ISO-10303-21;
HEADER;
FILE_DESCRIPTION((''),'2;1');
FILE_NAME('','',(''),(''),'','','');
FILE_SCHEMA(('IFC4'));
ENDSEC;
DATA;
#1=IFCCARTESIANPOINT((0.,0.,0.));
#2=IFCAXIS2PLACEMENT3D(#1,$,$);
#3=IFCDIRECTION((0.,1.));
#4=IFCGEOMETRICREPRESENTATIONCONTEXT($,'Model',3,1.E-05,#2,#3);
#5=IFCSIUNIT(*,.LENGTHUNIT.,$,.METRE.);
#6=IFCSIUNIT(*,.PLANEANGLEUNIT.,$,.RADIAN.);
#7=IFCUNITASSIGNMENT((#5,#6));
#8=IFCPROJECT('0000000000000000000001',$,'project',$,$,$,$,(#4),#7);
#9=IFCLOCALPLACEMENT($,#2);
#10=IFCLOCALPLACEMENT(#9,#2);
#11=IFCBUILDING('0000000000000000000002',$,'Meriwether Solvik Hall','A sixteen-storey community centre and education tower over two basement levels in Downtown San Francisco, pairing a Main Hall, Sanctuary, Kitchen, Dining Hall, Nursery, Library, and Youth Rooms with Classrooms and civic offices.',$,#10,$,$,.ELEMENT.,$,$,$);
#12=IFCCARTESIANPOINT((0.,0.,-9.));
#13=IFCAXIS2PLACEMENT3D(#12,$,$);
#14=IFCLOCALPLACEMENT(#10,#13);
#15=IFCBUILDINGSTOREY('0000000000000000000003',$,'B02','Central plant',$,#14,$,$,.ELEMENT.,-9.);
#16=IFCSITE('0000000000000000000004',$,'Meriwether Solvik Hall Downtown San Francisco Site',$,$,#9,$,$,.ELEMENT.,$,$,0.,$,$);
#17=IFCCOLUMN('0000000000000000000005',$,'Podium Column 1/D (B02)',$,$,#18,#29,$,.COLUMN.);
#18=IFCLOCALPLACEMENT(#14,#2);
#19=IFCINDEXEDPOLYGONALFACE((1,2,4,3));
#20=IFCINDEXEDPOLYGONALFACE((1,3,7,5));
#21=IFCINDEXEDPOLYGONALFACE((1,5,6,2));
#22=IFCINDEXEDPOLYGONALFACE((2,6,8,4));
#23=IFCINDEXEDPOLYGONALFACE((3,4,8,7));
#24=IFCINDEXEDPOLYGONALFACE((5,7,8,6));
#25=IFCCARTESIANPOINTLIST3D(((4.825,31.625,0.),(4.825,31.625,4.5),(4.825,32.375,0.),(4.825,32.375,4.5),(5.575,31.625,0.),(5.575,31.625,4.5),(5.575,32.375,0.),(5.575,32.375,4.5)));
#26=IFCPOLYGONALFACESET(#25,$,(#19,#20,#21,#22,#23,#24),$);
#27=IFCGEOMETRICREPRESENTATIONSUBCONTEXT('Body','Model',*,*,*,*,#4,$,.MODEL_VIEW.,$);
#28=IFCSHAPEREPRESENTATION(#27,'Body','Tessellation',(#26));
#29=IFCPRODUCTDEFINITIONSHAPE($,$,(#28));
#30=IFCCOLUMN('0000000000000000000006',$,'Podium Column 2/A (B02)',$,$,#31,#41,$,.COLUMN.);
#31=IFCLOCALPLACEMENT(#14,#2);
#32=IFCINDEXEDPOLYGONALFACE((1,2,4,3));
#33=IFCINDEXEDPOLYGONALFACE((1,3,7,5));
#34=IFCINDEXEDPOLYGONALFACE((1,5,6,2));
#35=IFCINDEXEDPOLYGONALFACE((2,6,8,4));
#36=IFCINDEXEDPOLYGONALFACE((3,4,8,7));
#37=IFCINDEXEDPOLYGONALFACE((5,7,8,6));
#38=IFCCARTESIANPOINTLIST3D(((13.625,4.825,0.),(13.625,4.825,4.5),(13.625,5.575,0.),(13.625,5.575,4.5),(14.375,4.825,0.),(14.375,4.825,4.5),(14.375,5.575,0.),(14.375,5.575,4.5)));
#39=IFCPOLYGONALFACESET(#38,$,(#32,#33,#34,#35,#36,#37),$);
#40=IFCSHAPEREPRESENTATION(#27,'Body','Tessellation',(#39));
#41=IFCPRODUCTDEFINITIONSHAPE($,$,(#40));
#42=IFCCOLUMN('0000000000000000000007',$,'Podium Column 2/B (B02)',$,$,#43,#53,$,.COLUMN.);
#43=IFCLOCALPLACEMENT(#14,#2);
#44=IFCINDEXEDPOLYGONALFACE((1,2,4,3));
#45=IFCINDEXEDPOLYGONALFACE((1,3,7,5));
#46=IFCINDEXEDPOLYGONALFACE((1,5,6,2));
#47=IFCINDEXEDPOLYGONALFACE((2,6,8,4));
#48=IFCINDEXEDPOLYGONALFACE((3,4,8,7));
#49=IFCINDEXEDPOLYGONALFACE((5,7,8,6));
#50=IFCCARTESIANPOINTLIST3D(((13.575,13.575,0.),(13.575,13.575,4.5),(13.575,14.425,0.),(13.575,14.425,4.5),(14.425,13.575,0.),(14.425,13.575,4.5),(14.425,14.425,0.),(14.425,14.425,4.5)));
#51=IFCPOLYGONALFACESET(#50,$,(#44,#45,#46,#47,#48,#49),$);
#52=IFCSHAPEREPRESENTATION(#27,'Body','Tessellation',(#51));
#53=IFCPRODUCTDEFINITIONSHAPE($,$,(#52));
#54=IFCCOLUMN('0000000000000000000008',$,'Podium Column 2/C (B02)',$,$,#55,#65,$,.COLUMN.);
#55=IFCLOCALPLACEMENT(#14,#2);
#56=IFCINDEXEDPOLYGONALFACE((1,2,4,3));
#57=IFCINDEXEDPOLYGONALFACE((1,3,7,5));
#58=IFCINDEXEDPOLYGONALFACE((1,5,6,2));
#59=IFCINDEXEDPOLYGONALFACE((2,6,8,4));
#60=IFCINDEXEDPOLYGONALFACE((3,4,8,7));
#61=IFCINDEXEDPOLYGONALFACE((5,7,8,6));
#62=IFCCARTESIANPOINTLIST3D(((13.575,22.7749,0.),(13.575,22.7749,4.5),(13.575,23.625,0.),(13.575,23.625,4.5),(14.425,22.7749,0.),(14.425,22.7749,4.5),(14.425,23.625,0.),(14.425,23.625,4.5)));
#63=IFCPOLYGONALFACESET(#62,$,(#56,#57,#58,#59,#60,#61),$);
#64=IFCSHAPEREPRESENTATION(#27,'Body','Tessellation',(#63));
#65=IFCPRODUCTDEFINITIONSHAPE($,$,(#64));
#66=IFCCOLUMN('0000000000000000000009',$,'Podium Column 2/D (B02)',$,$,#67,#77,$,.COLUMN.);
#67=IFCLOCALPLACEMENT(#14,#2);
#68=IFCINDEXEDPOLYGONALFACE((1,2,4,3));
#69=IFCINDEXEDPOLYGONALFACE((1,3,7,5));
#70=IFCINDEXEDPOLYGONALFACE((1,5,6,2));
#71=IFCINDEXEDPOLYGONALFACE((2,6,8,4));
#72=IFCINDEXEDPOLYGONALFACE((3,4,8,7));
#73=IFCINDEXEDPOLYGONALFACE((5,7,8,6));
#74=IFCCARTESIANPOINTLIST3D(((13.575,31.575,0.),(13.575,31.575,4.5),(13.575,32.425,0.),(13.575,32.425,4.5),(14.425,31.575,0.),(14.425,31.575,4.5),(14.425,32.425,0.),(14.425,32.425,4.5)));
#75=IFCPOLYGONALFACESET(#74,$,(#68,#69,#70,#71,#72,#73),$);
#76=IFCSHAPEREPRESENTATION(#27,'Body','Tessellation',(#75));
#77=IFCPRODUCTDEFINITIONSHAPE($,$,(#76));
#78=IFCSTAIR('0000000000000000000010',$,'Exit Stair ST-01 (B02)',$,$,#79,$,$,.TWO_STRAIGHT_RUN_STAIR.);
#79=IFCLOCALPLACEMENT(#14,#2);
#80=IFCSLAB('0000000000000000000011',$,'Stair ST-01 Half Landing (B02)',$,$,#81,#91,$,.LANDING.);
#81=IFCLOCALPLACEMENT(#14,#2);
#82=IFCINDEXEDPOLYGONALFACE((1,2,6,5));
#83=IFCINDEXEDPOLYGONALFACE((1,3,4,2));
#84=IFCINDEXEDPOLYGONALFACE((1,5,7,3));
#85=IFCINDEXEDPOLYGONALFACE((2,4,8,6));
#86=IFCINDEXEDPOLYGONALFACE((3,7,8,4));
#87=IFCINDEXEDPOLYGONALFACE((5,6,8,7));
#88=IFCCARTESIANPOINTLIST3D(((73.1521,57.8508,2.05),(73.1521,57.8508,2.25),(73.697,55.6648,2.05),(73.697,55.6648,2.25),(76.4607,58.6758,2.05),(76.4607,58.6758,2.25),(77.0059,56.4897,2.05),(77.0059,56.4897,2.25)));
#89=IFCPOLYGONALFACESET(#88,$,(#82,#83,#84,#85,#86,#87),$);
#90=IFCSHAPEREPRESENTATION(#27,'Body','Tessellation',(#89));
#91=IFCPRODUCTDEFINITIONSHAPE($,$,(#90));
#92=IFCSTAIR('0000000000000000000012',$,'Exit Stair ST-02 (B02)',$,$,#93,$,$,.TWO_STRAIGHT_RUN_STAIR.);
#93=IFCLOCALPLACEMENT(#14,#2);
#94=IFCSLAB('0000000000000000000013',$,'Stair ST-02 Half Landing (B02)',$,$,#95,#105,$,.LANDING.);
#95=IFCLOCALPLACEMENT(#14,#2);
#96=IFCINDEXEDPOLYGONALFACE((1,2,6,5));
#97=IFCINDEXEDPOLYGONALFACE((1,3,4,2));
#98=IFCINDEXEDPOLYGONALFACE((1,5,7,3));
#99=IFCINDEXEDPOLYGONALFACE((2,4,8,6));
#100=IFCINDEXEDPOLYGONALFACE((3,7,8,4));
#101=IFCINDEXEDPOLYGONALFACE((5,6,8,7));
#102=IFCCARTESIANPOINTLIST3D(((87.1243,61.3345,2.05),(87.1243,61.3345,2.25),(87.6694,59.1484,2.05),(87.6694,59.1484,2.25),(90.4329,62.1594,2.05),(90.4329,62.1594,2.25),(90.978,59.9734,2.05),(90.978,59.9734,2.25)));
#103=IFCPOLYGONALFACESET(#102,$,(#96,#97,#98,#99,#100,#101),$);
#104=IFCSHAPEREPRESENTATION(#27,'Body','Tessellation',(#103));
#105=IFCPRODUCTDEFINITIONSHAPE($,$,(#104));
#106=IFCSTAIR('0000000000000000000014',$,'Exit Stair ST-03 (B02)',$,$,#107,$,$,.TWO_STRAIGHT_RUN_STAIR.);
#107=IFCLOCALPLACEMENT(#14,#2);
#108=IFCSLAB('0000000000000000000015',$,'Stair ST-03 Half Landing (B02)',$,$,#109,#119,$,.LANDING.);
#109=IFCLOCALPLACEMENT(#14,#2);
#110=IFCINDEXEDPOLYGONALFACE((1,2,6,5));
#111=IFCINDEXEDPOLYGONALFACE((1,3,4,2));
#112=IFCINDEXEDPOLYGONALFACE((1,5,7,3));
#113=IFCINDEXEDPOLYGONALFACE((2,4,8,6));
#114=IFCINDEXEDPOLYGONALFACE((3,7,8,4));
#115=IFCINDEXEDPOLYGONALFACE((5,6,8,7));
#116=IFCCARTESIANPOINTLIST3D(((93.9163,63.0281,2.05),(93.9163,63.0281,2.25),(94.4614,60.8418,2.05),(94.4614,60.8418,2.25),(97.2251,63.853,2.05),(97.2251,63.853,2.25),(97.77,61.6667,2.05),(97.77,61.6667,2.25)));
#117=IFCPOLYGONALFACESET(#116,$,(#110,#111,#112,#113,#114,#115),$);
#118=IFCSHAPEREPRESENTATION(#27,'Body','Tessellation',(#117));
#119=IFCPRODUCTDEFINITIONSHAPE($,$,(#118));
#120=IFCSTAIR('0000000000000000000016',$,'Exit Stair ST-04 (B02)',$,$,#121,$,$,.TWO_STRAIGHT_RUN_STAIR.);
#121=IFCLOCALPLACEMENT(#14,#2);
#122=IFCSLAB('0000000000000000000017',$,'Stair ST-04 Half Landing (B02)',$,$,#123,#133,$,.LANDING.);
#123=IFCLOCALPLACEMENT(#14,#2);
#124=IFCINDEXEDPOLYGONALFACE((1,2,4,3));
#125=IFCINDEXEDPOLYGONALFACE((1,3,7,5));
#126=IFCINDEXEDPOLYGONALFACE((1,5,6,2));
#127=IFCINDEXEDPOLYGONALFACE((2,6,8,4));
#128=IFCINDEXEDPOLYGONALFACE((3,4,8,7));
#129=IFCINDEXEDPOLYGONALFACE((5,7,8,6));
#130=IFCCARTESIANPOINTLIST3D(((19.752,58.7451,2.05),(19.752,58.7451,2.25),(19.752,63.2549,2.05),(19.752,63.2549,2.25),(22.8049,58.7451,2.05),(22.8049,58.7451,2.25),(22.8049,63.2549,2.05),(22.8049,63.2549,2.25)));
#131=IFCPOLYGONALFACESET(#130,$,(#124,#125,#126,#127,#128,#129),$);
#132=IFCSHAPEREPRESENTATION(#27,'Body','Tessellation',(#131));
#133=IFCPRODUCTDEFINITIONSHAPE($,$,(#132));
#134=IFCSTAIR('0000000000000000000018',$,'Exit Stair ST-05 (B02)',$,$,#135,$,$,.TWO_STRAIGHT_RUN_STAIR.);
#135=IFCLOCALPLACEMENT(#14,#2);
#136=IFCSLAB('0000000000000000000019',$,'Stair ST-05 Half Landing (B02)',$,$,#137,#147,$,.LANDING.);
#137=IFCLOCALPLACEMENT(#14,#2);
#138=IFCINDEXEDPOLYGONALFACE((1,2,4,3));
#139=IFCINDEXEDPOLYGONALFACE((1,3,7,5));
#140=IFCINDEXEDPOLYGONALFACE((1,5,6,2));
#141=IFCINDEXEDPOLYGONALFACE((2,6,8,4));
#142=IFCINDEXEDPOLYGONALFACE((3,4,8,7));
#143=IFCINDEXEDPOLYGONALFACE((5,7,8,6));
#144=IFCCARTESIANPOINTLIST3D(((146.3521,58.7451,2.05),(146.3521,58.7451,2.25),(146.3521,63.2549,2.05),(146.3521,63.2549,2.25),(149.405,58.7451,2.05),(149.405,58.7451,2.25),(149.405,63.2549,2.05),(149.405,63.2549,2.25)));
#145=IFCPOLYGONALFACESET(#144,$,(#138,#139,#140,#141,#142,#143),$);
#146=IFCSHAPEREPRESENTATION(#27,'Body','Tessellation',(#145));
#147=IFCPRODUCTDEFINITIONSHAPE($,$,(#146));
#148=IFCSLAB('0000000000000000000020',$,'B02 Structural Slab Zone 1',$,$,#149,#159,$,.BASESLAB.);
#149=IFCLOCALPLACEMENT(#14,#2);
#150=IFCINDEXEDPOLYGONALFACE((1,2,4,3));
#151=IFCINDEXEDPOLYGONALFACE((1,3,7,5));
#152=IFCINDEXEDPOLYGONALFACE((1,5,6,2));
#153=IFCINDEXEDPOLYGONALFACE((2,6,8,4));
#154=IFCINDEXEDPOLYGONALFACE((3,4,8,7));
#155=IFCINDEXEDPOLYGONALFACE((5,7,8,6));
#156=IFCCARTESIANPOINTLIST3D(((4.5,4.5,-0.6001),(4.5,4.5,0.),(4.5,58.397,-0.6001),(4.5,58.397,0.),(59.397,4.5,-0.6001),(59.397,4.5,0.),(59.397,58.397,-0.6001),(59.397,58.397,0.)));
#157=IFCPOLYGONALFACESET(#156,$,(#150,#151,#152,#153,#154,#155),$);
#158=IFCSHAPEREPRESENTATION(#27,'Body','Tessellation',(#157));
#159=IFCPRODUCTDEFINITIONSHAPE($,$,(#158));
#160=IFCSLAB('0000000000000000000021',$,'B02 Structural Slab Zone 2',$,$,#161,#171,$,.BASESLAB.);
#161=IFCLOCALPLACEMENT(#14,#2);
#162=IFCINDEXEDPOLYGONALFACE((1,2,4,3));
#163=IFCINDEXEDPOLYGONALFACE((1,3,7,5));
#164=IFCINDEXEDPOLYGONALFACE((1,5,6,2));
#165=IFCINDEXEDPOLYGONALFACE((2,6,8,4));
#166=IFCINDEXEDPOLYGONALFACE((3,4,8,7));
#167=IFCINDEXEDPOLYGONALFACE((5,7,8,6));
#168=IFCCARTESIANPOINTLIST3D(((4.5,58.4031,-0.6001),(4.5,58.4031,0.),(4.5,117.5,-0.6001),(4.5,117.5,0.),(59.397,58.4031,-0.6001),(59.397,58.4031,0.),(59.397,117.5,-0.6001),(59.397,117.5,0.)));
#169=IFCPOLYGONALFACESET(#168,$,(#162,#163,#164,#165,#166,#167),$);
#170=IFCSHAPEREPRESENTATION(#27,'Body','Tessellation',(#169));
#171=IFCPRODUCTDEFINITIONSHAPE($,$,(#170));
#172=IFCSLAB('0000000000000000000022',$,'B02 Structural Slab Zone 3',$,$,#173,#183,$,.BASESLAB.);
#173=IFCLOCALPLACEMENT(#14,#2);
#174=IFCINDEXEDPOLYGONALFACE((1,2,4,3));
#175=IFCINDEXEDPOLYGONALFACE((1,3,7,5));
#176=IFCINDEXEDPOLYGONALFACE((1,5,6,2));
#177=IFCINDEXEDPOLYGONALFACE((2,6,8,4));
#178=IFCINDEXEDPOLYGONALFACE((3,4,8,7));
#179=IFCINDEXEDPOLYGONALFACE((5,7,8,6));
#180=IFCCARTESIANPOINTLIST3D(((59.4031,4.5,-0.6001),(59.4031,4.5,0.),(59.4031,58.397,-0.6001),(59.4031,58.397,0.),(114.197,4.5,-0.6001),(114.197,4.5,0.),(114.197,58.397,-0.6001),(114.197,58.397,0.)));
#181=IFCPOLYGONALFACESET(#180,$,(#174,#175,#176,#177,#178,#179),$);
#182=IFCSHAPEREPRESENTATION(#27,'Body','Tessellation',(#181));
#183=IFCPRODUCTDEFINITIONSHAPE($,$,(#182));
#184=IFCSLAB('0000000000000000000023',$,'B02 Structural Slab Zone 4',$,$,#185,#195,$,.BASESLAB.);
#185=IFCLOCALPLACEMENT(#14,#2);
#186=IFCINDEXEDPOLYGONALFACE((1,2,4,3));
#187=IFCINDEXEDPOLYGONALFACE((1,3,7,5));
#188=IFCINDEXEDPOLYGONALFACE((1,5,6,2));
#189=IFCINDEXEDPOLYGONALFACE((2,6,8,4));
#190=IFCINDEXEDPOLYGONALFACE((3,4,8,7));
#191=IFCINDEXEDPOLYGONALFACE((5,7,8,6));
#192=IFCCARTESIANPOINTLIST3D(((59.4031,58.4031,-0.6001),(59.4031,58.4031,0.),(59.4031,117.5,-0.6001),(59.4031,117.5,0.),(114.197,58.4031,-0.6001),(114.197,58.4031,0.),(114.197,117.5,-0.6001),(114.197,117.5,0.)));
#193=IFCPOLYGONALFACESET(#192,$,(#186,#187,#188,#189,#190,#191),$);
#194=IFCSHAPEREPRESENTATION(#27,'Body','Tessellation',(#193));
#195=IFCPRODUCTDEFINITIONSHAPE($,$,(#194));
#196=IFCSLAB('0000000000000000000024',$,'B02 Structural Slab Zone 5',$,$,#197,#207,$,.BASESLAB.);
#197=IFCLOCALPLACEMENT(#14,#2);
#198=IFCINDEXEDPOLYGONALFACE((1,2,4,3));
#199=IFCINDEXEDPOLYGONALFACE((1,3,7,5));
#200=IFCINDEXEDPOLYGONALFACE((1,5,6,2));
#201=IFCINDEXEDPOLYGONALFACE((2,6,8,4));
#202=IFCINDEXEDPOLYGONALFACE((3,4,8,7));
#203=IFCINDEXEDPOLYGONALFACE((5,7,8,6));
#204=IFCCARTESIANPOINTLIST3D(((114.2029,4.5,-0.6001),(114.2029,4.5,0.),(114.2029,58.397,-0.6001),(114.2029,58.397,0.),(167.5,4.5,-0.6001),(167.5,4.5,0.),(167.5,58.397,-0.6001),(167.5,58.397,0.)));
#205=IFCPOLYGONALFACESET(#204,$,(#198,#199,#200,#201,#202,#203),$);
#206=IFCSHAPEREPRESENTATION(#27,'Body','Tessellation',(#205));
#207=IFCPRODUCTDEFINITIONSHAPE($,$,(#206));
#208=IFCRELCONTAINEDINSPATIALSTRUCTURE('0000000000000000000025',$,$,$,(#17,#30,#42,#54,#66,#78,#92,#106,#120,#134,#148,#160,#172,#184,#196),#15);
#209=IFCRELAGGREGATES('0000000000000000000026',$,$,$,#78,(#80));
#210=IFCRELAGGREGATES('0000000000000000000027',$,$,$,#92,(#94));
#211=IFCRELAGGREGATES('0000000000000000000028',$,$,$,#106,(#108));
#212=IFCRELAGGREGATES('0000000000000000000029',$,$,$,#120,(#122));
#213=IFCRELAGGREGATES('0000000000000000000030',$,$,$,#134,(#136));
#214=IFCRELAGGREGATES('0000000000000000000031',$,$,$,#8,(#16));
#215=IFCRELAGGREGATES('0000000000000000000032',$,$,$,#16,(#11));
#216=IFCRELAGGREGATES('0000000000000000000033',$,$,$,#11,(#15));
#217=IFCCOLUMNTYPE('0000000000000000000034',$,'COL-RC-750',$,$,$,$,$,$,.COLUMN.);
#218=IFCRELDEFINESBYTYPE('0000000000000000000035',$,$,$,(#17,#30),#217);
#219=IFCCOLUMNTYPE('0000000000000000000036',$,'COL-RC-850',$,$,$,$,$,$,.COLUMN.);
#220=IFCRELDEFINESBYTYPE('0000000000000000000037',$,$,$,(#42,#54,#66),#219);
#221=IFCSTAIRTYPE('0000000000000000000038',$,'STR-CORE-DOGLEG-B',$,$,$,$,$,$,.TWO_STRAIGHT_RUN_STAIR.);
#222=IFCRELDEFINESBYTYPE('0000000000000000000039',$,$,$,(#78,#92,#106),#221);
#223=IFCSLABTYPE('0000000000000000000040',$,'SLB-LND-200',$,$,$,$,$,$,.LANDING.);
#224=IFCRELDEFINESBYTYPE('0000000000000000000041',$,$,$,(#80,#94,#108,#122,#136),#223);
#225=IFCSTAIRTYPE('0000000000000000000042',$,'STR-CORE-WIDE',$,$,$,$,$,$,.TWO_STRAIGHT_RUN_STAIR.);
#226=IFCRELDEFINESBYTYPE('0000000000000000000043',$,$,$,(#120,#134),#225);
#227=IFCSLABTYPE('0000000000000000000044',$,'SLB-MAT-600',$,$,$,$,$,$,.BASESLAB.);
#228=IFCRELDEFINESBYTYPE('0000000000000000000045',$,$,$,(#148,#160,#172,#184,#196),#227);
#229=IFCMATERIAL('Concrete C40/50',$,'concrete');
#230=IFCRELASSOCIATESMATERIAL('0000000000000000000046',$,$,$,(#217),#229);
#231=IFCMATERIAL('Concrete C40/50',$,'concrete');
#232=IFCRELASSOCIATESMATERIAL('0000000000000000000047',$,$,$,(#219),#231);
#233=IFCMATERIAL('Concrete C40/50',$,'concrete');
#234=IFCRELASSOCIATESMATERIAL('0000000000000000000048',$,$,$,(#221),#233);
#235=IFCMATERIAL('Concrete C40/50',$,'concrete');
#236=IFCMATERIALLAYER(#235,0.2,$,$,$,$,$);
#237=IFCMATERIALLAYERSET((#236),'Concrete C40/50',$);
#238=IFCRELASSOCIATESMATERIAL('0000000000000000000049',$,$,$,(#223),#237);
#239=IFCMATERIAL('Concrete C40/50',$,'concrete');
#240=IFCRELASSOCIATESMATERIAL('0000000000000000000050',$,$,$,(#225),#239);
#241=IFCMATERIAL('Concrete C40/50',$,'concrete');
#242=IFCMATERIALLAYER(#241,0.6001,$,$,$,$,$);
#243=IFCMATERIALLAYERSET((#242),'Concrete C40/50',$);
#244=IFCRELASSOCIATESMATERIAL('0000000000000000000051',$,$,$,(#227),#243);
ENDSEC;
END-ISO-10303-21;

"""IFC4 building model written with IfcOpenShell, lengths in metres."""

from ifc_helpers import new_model, si_unit, direction, frame, origin, origin_2d, place, context, subcontext, project, spatial, polyline, rectangle, outline, extrude, material, layer, layer_set, material_profile, profile_set, type_object, element, aggregate, save


model = new_model("IFC4")

# Units and contexts
model_context = context("Model", 3, precision=1e-05, world=origin(), true_north=direction((0.0, 1.0)))
body_context = subcontext(model_context, "Body", "Model", "MODEL_VIEW")
ifc_project = project(units=[si_unit("LENGTHUNIT", "METRE"), si_unit("PLANEANGLEUNIT", "RADIAN")], contexts=[model_context])

# Site, building, storey
site_placement = place(None, origin())
site = spatial("IfcSite", under=ifc_project, at=site_placement, Name="Meriwether Solvik Hall Downtown San Francisco Site", CompositionType="ELEMENT", RefElevation=0.0)
building_placement = place(site_placement, origin())
building = spatial("IfcBuilding", under=site, at=building_placement, Name="Meriwether Solvik Hall", Description="A sixteen-storey community centre and education tower over two basement levels in Downtown San Francisco, pairing a Main Hall, Sanctuary, Kitchen, Dining Hall, Nursery, Library, and Youth Rooms with Classrooms and civic offices.", CompositionType="ELEMENT")
storey_placement = place(building_placement, frame((0.0, 0.0, -9.0)))
storey = spatial("IfcBuildingStorey", under=building, at=storey_placement, Name="B02", Description="Central plant", CompositionType="ELEMENT", Elevation=-9.0)

# Columns
ifc_material_1 = material(Name="Concrete C40/50", Category="concrete")
ifc_material_profile_1 = material_profile(ifc_material_1, rectangle(XDim=0.75, YDim=0.75, at=origin_2d()), Name="RCC-750X750")
ifc_profile_set_1 = profile_set([ifc_material_profile_1], Name="Concrete C40/50")
column_type_1 = type_object("IfcColumnType", Name="COL-RC-750", PredefinedType="COLUMN", material=ifc_profile_set_1)
for number, where, z_axis, x_axis, name in (
    (1, (5.2, 32.0, 0.0), (0.0, 0.0, 1.0), (1.0, 0.0, 0.0), "Podium Column 1/D (B02)"),
    (2, (14.0, 5.2, 0.0), (0.0, 0.0, 1.0), (1.0, 0.0, 0.0), "Podium Column 2/A (B02)"),
):
    element("IfcColumn", number, at=place(storey_placement, frame(where, z_axis=z_axis, x_axis=x_axis)), inside=storey, type_object=column_type_1, Name=name, PredefinedType="COLUMN", context=body_context, shape_type="SweptSolid", body=[
        extrude(rectangle(XDim=0.75, YDim=0.75, at=origin_2d()), origin(), (0.0, 0.0, 1.0), 4.5),
    ])
ifc_material_2 = material(Name="Concrete C40/50", Category="concrete")
ifc_material_profile_2 = material_profile(ifc_material_2, rectangle(XDim=0.8501, YDim=0.8501, at=origin_2d()), Name="RCC-850X850")
ifc_profile_set_2 = profile_set([ifc_material_profile_2], Name="Concrete C40/50")
column_type_2 = type_object("IfcColumnType", Name="COL-RC-850", PredefinedType="COLUMN", material=ifc_profile_set_2)
for number, where, z_axis, x_axis, name in (
    (3, (14.0, 14.0, 0.0), (0.0, 0.0, 1.0), (1.0, 0.0, 0.0), "Podium Column 2/B (B02)"),
    (4, (14.0, 23.2, 0.0), (0.0, 0.0, 1.0), (1.0, 0.0, 0.0), "Podium Column 2/C (B02)"),
    (5, (14.0, 32.0, 0.0), (0.0, 0.0, 1.0), (1.0, 0.0, 0.0), "Podium Column 2/D (B02)"),
):
    element("IfcColumn", number, at=place(storey_placement, frame(where, z_axis=z_axis, x_axis=x_axis)), inside=storey, type_object=column_type_2, Name=name, PredefinedType="COLUMN", context=body_context, shape_type="SweptSolid", body=[
        extrude(rectangle(XDim=0.8501, YDim=0.8501, at=origin_2d()), origin(), (0.0, 0.0, 1.0), 4.5),
    ])

# Stairs, slabs
ifc_material_3 = material(Name="Concrete C40/50", Category="concrete")
stair_type_1 = type_object("IfcStairType", Name="STR-CORE-DOGLEG-B", PredefinedType="TWO_STRAIGHT_RUN_STAIR", material=ifc_material_3)
stair_1_placement = place(storey_placement, origin())
stair_1 = element("IfcStair", 6, at=stair_1_placement, inside=storey, type_object=stair_type_1, Name="Exit Stair ST-01 (B02)", PredefinedType="TWO_STRAIGHT_RUN_STAIR")
ifc_material_4 = material(Name="Concrete C40/50", Category="concrete")
ifc_layer_1 = layer(ifc_material_4, 0.2)
ifc_layer_set_1 = layer_set([ifc_layer_1], Name="Concrete C40/50")
slab_type_1 = type_object("IfcSlabType", Name="SLB-LND-200", PredefinedType="LANDING", material=ifc_layer_set_1)
slab_1_placement = place(storey_placement, frame((0.0, 0.0, 2.05)))
slab_1 = element("IfcSlab", 7, at=slab_1_placement, type_object=slab_type_1, Name="Stair ST-01 Half Landing (B02)", PredefinedType="LANDING", context=body_context, shape_type="SweptSolid", body=[
    extrude(outline(polyline([(73.697, 55.6648), (77.0059, 56.4897), (76.4607, 58.6758), (73.1521, 57.8508), (73.697, 55.6648)])), origin(), (0.0, 0.0, 1.0), 0.2),
])
aggregate(stair_1, [slab_1])
stair_2_placement = place(storey_placement, origin())
stair_2 = element("IfcStair", 8, at=stair_2_placement, inside=storey, type_object=stair_type_1, Name="Exit Stair ST-02 (B02)", PredefinedType="TWO_STRAIGHT_RUN_STAIR")
slab_2_placement = place(storey_placement, frame((0.0, 0.0, 2.05)))
slab_2 = element("IfcSlab", 9, at=slab_2_placement, type_object=slab_type_1, Name="Stair ST-02 Half Landing (B02)", PredefinedType="LANDING", context=body_context, shape_type="SweptSolid", body=[
    extrude(outline(polyline([(87.6694, 59.1484), (90.978, 59.9734), (90.4329, 62.1594), (87.1243, 61.3345), (87.6694, 59.1484)])), origin(), (0.0, 0.0, 1.0), 0.2),
])
aggregate(stair_2, [slab_2])
stair_3_placement = place(storey_placement, origin())
stair_3 = element("IfcStair", 10, at=stair_3_placement, inside=storey, type_object=stair_type_1, Name="Exit Stair ST-03 (B02)", PredefinedType="TWO_STRAIGHT_RUN_STAIR")
slab_3_placement = place(storey_placement, frame((0.0, 0.0, 2.05)))
slab_3 = element("IfcSlab", 11, at=slab_3_placement, type_object=slab_type_1, Name="Stair ST-03 Half Landing (B02)", PredefinedType="LANDING", context=body_context, shape_type="SweptSolid", body=[
    extrude(outline(polyline([(94.4614, 60.8418), (97.77, 61.6667), (97.2251, 63.853), (93.9163, 63.0281), (94.4614, 60.8418)])), origin(), (0.0, 0.0, 1.0), 0.2),
])
aggregate(stair_3, [slab_3])
ifc_material_5 = material(Name="Concrete C40/50", Category="concrete")
stair_type_2 = type_object("IfcStairType", Name="STR-CORE-WIDE", PredefinedType="TWO_STRAIGHT_RUN_STAIR", material=ifc_material_5)
stair_4_placement = place(storey_placement, origin())
stair_4 = element("IfcStair", 12, at=stair_4_placement, inside=storey, type_object=stair_type_2, Name="Exit Stair ST-04 (B02)", PredefinedType="TWO_STRAIGHT_RUN_STAIR")
slab_4_placement = place(storey_placement, frame((0.0, 0.0, 2.05)))
slab_4 = element("IfcSlab", 13, at=slab_4_placement, type_object=slab_type_1, Name="Stair ST-04 Half Landing (B02)", PredefinedType="LANDING", context=body_context, shape_type="SweptSolid", body=[
    extrude(outline(polyline([(19.752, 58.7451), (22.8049, 58.7451), (22.8049, 63.2549), (19.752, 63.2549), (19.752, 58.7451)])), origin(), (0.0, 0.0, 1.0), 0.2),
])
aggregate(stair_4, [slab_4])
stair_5_placement = place(storey_placement, origin())
stair_5 = element("IfcStair", 14, at=stair_5_placement, inside=storey, type_object=stair_type_2, Name="Exit Stair ST-05 (B02)", PredefinedType="TWO_STRAIGHT_RUN_STAIR")
slab_5_placement = place(storey_placement, frame((0.0, 0.0, 2.05)))
slab_5 = element("IfcSlab", 15, at=slab_5_placement, type_object=slab_type_1, Name="Stair ST-05 Half Landing (B02)", PredefinedType="LANDING", context=body_context, shape_type="SweptSolid", body=[
    extrude(outline(polyline([(146.3521, 58.7451), (149.405, 58.7451), (149.405, 63.2549), (146.3521, 63.2549), (146.3521, 58.7451)])), origin(), (0.0, 0.0, 1.0), 0.2),
])
aggregate(stair_5, [slab_5])

# Slabs
ifc_material_6 = material(Name="Concrete C40/50", Category="concrete")
ifc_layer_2 = layer(ifc_material_6, 0.6001)
ifc_layer_set_2 = layer_set([ifc_layer_2], Name="Concrete C40/50")
slab_type_2 = type_object("IfcSlabType", Name="SLB-MAT-600", PredefinedType="BASESLAB", material=ifc_layer_set_2)
slab_6_placement = place(storey_placement, frame((0.0, 0.0, -0.6001)))
element("IfcSlab", 16, at=slab_6_placement, inside=storey, type_object=slab_type_2, Name="B02 Structural Slab Zone 1", PredefinedType="BASESLAB", context=body_context, shape_type="SweptSolid", body=[
    extrude(outline(polyline([(59.397, 58.397), (59.397, 4.5), (4.5, 4.5), (4.5, 58.397), (59.397, 58.397)])), origin(), (0.0, 0.0, 1.0), 0.6001),
])
slab_7_placement = place(storey_placement, frame((0.0, 0.0, -0.6001)))
element("IfcSlab", 17, at=slab_7_placement, inside=storey, type_object=slab_type_2, Name="B02 Structural Slab Zone 2", PredefinedType="BASESLAB", context=body_context, shape_type="SweptSolid", body=[
    extrude(outline(polyline([(59.397, 58.4031), (4.5, 58.4031), (4.5, 117.5), (59.397, 117.5), (59.397, 58.4031)])), origin(), (0.0, 0.0, 1.0), 0.6001),
])
slab_8_placement = place(storey_placement, frame((0.0, 0.0, -0.6001)))
element("IfcSlab", 18, at=slab_8_placement, inside=storey, type_object=slab_type_2, Name="B02 Structural Slab Zone 3", PredefinedType="BASESLAB", context=body_context, shape_type="SweptSolid", body=[
    extrude(outline(polyline([(59.4031, 58.397), (114.197, 58.397), (114.197, 4.5), (59.4031, 4.5), (59.4031, 58.397)])), origin(), (0.0, 0.0, 1.0), 0.6001),
])
slab_9_placement = place(storey_placement, frame((0.0, 0.0, -0.6001)))
element("IfcSlab", 19, at=slab_9_placement, inside=storey, type_object=slab_type_2, Name="B02 Structural Slab Zone 4", PredefinedType="BASESLAB", context=body_context, shape_type="SweptSolid", body=[
    extrude(outline(polyline([(114.197, 58.4031), (59.4031, 58.4031), (59.4031, 117.5), (114.197, 117.5), (114.197, 58.4031)])), origin(), (0.0, 0.0, 1.0), 0.6001),
])
slab_10_placement = place(storey_placement, frame((0.0, 0.0, -0.6001)))
element("IfcSlab", 20, at=slab_10_placement, inside=storey, type_object=slab_type_2, Name="B02 Structural Slab Zone 5", PredefinedType="BASESLAB", context=body_context, shape_type="SweptSolid", body=[
    extrude(outline(polyline([(114.2029, 58.397), (167.5, 58.397), (167.5, 4.5), (114.2029, 4.5), (114.2029, 58.397)])), origin(), (0.0, 0.0, 1.0), 0.6001),
])

save(model, "model.ifc")
